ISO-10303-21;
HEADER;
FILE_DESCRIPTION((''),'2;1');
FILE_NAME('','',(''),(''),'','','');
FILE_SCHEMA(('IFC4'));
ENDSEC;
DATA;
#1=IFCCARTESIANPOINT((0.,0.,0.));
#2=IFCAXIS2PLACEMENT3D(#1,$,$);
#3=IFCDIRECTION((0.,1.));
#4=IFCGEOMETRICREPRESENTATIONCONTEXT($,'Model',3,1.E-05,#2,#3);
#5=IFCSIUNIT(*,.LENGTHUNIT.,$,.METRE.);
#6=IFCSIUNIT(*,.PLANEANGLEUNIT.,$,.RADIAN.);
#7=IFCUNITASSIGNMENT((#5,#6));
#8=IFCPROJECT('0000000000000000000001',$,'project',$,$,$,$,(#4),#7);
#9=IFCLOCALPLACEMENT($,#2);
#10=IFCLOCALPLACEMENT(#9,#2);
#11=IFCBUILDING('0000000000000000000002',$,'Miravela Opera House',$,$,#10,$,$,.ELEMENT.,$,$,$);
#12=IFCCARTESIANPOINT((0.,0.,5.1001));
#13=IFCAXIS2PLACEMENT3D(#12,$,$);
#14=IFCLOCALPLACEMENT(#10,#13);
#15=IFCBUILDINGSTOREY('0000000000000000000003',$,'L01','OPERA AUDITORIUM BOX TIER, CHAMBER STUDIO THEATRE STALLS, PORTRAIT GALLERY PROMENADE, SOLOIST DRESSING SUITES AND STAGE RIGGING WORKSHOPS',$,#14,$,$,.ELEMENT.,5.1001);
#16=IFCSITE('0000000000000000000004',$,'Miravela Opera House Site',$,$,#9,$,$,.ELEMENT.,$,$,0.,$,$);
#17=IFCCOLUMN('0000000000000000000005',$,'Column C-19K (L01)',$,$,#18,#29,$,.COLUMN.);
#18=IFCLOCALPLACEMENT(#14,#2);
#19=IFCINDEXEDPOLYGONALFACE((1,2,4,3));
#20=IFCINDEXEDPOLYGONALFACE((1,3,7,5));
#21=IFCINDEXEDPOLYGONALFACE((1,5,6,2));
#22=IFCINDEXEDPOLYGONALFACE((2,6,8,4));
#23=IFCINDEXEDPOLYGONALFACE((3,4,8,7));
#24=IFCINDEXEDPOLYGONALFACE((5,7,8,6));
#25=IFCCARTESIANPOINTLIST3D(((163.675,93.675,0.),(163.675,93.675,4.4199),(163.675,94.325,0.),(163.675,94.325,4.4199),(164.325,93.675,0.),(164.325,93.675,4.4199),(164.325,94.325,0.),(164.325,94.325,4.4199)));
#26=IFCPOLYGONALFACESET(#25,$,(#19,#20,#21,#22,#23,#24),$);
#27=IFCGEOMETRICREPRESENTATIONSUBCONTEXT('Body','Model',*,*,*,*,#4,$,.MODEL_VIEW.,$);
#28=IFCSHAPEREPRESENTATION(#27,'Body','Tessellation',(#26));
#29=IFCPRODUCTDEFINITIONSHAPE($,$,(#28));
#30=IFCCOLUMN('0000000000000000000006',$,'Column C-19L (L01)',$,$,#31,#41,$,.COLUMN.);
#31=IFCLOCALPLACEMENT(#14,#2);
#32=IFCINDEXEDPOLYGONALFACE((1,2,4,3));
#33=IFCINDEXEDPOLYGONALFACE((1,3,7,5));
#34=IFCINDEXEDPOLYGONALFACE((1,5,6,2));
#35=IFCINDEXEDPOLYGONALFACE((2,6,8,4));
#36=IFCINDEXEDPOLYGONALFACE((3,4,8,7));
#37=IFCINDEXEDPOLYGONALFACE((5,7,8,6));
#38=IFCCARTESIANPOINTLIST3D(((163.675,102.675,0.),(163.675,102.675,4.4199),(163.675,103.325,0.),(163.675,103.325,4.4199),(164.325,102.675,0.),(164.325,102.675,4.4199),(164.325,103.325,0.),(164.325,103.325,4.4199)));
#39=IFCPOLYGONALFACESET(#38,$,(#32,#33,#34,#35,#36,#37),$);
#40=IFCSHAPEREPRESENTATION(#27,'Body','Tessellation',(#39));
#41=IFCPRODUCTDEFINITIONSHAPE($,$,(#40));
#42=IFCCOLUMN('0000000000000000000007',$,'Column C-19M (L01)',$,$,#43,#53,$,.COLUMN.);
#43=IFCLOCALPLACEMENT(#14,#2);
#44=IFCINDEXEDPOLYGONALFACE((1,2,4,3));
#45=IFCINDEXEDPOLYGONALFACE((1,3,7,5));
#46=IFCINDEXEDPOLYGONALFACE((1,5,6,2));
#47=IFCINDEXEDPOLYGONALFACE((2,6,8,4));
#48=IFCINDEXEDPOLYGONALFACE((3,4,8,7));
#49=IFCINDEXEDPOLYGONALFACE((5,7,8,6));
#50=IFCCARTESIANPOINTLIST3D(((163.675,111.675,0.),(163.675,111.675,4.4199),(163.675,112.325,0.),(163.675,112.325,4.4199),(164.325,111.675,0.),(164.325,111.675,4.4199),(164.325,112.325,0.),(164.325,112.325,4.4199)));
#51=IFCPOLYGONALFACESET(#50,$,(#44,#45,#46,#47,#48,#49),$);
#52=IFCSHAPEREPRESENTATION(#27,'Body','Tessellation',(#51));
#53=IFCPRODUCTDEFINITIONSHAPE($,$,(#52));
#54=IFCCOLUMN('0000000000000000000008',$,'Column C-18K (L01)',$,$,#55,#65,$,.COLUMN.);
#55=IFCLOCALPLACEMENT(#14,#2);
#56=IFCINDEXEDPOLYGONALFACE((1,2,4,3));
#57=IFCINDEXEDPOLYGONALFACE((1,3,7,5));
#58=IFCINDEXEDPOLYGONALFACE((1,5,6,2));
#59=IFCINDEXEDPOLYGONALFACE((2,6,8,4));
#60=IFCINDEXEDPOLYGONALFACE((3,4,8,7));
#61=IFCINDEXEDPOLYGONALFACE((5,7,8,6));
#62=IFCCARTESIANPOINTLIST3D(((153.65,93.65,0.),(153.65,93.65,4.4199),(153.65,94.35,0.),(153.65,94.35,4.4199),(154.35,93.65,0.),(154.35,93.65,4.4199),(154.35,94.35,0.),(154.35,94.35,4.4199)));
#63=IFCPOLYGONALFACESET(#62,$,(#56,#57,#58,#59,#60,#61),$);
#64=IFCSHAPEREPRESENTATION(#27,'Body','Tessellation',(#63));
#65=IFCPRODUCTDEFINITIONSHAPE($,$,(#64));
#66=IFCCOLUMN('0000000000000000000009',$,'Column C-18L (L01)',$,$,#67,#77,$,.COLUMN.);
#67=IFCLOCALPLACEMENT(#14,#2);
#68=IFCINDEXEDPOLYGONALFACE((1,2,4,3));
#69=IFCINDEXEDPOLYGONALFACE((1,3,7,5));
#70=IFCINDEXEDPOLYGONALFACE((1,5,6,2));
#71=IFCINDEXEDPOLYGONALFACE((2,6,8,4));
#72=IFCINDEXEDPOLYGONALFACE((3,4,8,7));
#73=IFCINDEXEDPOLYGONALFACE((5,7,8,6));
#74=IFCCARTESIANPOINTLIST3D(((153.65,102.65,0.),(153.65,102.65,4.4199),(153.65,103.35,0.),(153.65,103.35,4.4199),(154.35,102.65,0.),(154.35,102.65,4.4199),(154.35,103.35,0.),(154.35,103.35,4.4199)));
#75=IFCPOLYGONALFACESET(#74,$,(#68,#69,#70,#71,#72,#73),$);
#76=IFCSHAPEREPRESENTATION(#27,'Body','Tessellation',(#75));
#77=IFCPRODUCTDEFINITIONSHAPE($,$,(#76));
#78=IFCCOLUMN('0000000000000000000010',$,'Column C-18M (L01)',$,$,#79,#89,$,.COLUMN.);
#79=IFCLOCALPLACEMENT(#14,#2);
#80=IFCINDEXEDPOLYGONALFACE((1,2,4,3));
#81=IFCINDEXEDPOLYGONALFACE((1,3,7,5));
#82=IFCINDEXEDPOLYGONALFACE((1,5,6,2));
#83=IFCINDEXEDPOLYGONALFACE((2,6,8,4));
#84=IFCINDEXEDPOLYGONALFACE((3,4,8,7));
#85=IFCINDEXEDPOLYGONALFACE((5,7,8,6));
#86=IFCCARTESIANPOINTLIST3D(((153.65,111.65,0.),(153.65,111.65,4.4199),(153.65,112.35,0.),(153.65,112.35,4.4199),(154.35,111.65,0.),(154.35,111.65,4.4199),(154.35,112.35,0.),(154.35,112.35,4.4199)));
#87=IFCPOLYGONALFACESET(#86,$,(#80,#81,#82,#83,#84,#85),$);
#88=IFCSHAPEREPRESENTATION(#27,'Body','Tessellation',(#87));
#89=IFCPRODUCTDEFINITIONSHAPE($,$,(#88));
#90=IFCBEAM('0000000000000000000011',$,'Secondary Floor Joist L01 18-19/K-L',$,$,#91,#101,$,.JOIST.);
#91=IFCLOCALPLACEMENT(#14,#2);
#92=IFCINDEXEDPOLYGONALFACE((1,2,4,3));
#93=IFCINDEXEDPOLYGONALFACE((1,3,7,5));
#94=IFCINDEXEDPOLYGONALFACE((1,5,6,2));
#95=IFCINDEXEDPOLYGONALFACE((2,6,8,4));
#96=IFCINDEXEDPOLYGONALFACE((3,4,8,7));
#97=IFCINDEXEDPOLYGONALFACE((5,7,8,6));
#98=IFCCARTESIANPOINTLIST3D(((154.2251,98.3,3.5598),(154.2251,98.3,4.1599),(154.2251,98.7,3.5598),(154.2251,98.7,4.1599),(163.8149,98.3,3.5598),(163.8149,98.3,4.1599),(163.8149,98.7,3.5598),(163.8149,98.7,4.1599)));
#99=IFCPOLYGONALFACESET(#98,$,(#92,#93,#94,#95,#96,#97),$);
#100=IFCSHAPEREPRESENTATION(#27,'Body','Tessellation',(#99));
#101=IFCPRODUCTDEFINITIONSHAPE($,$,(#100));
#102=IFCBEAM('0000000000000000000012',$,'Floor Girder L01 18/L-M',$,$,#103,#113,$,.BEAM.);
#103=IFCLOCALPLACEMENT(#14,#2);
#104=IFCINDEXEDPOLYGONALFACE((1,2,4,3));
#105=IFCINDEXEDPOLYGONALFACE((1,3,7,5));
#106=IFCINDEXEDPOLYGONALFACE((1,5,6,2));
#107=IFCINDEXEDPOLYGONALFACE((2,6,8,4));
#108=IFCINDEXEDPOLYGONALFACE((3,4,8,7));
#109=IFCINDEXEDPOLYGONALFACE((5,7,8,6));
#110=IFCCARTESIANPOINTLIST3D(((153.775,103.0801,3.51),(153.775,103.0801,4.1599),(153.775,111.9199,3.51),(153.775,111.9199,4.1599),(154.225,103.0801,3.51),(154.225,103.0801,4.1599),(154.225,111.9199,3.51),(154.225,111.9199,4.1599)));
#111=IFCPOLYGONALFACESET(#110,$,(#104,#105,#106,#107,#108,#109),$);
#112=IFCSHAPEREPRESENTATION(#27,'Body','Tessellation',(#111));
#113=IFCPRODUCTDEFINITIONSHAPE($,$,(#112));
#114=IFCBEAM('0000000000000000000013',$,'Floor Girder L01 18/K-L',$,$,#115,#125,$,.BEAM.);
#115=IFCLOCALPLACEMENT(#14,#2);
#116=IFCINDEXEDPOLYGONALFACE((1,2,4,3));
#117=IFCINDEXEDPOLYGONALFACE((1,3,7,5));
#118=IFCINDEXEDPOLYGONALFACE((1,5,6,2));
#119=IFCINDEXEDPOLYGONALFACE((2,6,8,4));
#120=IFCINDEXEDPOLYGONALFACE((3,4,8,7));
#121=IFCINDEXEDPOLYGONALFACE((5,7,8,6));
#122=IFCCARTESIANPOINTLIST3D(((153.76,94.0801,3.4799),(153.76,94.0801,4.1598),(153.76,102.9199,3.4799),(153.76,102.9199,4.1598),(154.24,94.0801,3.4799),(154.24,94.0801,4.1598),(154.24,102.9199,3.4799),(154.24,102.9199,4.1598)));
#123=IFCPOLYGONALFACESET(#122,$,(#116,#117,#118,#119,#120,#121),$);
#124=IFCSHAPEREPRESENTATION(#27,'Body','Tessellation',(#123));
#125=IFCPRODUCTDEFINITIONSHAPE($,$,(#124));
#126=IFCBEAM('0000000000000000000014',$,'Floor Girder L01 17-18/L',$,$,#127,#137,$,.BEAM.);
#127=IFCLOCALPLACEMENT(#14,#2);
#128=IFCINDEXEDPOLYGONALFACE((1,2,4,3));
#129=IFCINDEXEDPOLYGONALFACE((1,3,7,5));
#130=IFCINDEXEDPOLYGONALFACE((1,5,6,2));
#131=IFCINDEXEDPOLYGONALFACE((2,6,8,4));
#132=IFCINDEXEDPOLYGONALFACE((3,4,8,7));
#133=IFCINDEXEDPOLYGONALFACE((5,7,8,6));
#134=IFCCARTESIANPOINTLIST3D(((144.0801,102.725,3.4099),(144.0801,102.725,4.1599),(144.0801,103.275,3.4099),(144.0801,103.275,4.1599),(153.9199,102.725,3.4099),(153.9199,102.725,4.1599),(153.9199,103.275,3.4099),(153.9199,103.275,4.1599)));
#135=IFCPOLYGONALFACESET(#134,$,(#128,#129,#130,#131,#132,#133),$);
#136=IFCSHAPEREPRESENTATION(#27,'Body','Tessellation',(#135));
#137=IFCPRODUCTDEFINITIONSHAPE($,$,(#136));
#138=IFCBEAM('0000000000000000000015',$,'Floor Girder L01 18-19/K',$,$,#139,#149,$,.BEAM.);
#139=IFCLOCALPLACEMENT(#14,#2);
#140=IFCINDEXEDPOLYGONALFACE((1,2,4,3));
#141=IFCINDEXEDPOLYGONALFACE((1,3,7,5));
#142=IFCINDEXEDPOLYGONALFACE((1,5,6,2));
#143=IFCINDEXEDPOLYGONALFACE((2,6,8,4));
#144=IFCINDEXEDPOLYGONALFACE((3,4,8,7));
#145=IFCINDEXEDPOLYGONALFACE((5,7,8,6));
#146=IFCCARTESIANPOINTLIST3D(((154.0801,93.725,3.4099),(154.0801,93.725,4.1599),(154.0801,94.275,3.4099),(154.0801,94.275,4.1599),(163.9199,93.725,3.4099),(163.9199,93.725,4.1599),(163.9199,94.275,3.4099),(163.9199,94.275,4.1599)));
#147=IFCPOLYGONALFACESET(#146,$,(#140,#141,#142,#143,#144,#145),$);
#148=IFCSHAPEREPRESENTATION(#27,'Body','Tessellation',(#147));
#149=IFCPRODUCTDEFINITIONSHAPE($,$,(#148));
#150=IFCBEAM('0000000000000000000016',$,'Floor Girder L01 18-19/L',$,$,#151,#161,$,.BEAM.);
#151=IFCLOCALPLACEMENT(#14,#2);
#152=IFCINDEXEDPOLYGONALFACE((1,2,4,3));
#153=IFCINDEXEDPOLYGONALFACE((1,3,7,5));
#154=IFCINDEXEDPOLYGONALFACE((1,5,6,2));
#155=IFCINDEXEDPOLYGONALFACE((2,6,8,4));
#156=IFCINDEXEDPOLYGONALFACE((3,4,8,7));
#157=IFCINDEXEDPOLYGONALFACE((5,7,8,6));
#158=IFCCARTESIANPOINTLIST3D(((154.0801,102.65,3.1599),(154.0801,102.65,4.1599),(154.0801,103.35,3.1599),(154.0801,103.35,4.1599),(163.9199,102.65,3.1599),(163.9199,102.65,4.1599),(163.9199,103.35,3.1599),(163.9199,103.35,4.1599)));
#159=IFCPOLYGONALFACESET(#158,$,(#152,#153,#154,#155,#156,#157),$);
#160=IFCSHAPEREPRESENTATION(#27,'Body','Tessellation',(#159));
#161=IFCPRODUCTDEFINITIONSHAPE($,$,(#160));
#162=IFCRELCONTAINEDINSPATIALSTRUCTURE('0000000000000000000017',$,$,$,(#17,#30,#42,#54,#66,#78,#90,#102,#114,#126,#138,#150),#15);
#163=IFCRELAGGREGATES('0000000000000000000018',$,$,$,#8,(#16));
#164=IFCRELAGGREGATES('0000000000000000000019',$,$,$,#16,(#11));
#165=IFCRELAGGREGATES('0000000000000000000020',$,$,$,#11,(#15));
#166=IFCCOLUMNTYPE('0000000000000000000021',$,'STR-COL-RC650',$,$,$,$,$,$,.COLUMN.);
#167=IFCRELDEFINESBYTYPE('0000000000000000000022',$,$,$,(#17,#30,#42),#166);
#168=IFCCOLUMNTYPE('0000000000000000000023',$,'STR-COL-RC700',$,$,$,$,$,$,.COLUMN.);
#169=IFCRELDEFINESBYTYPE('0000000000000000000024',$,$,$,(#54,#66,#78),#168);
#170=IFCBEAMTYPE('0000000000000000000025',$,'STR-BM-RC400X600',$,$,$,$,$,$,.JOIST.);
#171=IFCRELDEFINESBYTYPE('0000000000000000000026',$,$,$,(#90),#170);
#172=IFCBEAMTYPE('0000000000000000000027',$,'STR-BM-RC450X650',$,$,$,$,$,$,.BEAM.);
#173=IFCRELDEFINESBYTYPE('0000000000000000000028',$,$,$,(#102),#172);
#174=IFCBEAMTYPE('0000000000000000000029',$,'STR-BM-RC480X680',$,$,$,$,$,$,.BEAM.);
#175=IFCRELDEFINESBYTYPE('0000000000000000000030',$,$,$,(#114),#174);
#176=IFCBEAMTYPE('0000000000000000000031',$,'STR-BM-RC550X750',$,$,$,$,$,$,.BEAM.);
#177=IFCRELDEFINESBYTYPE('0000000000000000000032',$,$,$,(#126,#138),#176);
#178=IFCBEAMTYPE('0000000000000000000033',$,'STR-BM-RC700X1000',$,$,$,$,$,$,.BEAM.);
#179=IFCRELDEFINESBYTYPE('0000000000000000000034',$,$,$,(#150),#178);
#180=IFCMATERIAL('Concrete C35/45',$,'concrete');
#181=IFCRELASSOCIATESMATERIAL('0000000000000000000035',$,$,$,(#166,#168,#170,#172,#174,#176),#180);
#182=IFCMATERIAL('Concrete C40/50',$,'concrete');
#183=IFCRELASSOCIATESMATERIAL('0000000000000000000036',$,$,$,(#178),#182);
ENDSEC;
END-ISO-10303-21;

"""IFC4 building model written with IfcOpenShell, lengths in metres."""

from ifc_helpers import new_model, si_unit, direction, frame, origin, origin_2d, place, context, subcontext, project, spatial, rectangle, extrude, material, material_profile, profile_set, type_object, element, save


model = new_model("IFC4")

# Units and contexts
model_context = context("Model", 3, precision=1e-05, world=origin(), true_north=direction((0.0, 1.0)))
body_context = subcontext(model_context, "Body", "Model", "MODEL_VIEW")
ifc_project = project(units=[si_unit("LENGTHUNIT", "METRE"), si_unit("PLANEANGLEUNIT", "RADIAN")], contexts=[model_context])

# Site, building, storey
site_placement = place(None, origin())
site = spatial("IfcSite", under=ifc_project, at=site_placement, Name="Miravela Opera House Site", CompositionType="ELEMENT", RefElevation=0.0)
building_placement = place(site_placement, origin())
building = spatial("IfcBuilding", under=site, at=building_placement, Name="Miravela Opera House", CompositionType="ELEMENT")
storey_placement = place(building_placement, frame((0.0, 0.0, 5.1001)))
storey = spatial("IfcBuildingStorey", under=building, at=storey_placement, Name="L01", Description="OPERA AUDITORIUM BOX TIER, CHAMBER STUDIO THEATRE STALLS, PORTRAIT GALLERY PROMENADE, SOLOIST DRESSING SUITES AND STAGE RIGGING WORKSHOPS", CompositionType="ELEMENT", Elevation=5.1001)

# Columns
ifc_material_1 = material(Name="Concrete C35/45", Category="concrete")
ifc_material_profile_1 = material_profile(ifc_material_1, rectangle(XDim=0.6499, YDim=0.6499, at=origin_2d()), Name="RC-COL-650X650")
ifc_profile_set_1 = profile_set([ifc_material_profile_1])
column_type_1 = type_object("IfcColumnType", Name="STR-COL-RC650", PredefinedType="COLUMN", material=ifc_profile_set_1)
for number, where, z_axis, x_axis, name in (
    (1, (164.0, 94.0, 0.0), (0.0, 0.0, 1.0), (1.0, 0.0, 0.0), "Column C-19K (L01)"),
    (2, (164.0, 103.0, 0.0), (0.0, 0.0, 1.0), (1.0, 0.0, 0.0), "Column C-19L (L01)"),
    (3, (164.0, 112.0, 0.0), (0.0, 0.0, 1.0), (1.0, 0.0, 0.0), "Column C-19M (L01)"),
):
    element("IfcColumn", number, at=place(storey_placement, frame(where, z_axis=z_axis, x_axis=x_axis)), inside=storey, type_object=column_type_1, Name=name, PredefinedType="COLUMN", context=body_context, shape_type="SweptSolid", body=[
        extrude(rectangle(XDim=0.6499, YDim=0.6499, at=origin_2d()), origin(), (0.0, 0.0, 1.0), 4.4199),
    ])
ifc_material_profile_2 = material_profile(ifc_material_1, rectangle(XDim=0.7, YDim=0.7, at=origin_2d()), Name="RC-COL-700X700")
ifc_profile_set_2 = profile_set([ifc_material_profile_2])
column_type_2 = type_object("IfcColumnType", Name="STR-COL-RC700", PredefinedType="COLUMN", material=ifc_profile_set_2)
for number, where, z_axis, x_axis, name in (
    (4, (154.0, 94.0, 0.0), (0.0, 0.0, 1.0), (1.0, 0.0, 0.0), "Column C-18K (L01)"),
    (5, (154.0, 103.0, 0.0), (0.0, 0.0, 1.0), (1.0, 0.0, 0.0), "Column C-18L (L01)"),
    (6, (154.0, 112.0, 0.0), (0.0, 0.0, 1.0), (1.0, 0.0, 0.0), "Column C-18M (L01)"),
):
    element("IfcColumn", number, at=place(storey_placement, frame(where, z_axis=z_axis, x_axis=x_axis)), inside=storey, type_object=column_type_2, Name=name, PredefinedType="COLUMN", context=body_context, shape_type="SweptSolid", body=[
        extrude(rectangle(XDim=0.7, YDim=0.7, at=origin_2d()), origin(), (0.0, 0.0, 1.0), 4.4199),
    ])

# Beams
ifc_material_profile_3 = material_profile(ifc_material_1, rectangle(XDim=0.3999, YDim=0.6001, at=origin_2d()), Name="RC-BM-400X600")
ifc_profile_set_3 = profile_set([ifc_material_profile_3])
beam_type_1 = type_object("IfcBeamType", Name="STR-BM-RC400X600", PredefinedType="JOIST", material=ifc_profile_set_3)
beam_1_placement = place(storey_placement, frame((154.2251, 98.5, 3.8599), z_axis=(1.0, 0.0, 0.0), x_axis=(0.0, 1.0, 0.0)))
element("IfcBeam", 7, at=beam_1_placement, inside=storey, type_object=beam_type_1, Name="Secondary Floor Joist L01 18-19/K-L", PredefinedType="JOIST", context=body_context, shape_type="SweptSolid", body=[
    extrude(rectangle(XDim=0.3999, YDim=0.6001, at=origin_2d()), origin(), (0.0, 0.0, 1.0), 9.5898),
])
ifc_material_profile_4 = material_profile(ifc_material_1, rectangle(XDim=0.45, YDim=0.6499, at=origin_2d()), Name="RC-BM-450X650")
ifc_profile_set_4 = profile_set([ifc_material_profile_4])
beam_type_2 = type_object("IfcBeamType", Name="STR-BM-RC450X650", PredefinedType="BEAM", material=ifc_profile_set_4)
beam_2_placement = place(storey_placement, frame((154.0, 103.0801, 3.835), z_axis=(0.0, 1.0, 0.0), x_axis=(-1.0, 0.0, 0.0)))
element("IfcBeam", 8, at=beam_2_placement, inside=storey, type_object=beam_type_2, Name="Floor Girder L01 18/L-M", PredefinedType="BEAM", context=body_context, shape_type="SweptSolid", body=[
    extrude(rectangle(XDim=0.45, YDim=0.6499, at=origin_2d()), origin(), (0.0, 0.0, 1.0), 8.8398),
])
ifc_material_profile_5 = material_profile(ifc_material_1, rectangle(XDim=0.48, YDim=0.6799, at=origin_2d()), Name="RC-BM-480X680")
ifc_profile_set_5 = profile_set([ifc_material_profile_5])
beam_type_3 = type_object("IfcBeamType", Name="STR-BM-RC480X680", PredefinedType="BEAM", material=ifc_profile_set_5)
beam_3_placement = place(storey_placement, frame((154.0, 94.0801, 3.8198), z_axis=(0.0, 1.0, 0.0), x_axis=(-1.0, 0.0, 0.0)))
element("IfcBeam", 9, at=beam_3_placement, inside=storey, type_object=beam_type_3, Name="Floor Girder L01 18/K-L", PredefinedType="BEAM", context=body_context, shape_type="SweptSolid", body=[
    extrude(rectangle(XDim=0.48, YDim=0.6799, at=origin_2d()), origin(), (0.0, 0.0, 1.0), 8.8398),
])
ifc_material_profile_6 = material_profile(ifc_material_1, rectangle(XDim=0.55, YDim=0.75, at=origin_2d()), Name="RC-BM-550X750")
ifc_profile_set_6 = profile_set([ifc_material_profile_6])
beam_type_4 = type_object("IfcBeamType", Name="STR-BM-RC550X750", PredefinedType="BEAM", material=ifc_profile_set_6)
for number, where, z_axis, x_axis, name in (
    (10, (144.0801, 103.0, 3.7849), (1.0, 0.0, 0.0), (0.0, 1.0, 0.0), "Floor Girder L01 17-18/L"),
    (11, (154.0801, 94.0, 3.7849), (1.0, 0.0, 0.0), (0.0, 1.0, 0.0), "Floor Girder L01 18-19/K"),
):
    element("IfcBeam", number, at=place(storey_placement, frame(where, z_axis=z_axis, x_axis=x_axis)), inside=storey, type_object=beam_type_4, Name=name, PredefinedType="BEAM", context=body_context, shape_type="SweptSolid", body=[
        extrude(rectangle(XDim=0.55, YDim=0.75, at=origin_2d()), origin(), (0.0, 0.0, 1.0), 9.8398),
    ])
ifc_material_2 = material(Name="Concrete C40/50", Category="concrete")
ifc_material_profile_7 = material_profile(ifc_material_2, rectangle(XDim=0.7, YDim=1.0, at=origin_2d()), Name="RC-BM-700X1000")
ifc_profile_set_7 = profile_set([ifc_material_profile_7])
beam_type_5 = type_object("IfcBeamType", Name="STR-BM-RC700X1000", PredefinedType="BEAM", material=ifc_profile_set_7)
beam_4_placement = place(storey_placement, frame((154.0801, 103.0, 3.6599), z_axis=(1.0, 0.0, 0.0), x_axis=(0.0, 1.0, 0.0)))
element("IfcBeam", 12, at=beam_4_placement, inside=storey, type_object=beam_type_5, Name="Floor Girder L01 18-19/L", PredefinedType="BEAM", context=body_context, shape_type="SweptSolid", body=[
    extrude(rectangle(XDim=0.7, YDim=1.0, at=origin_2d()), origin(), (0.0, 0.0, 1.0), 9.8398),
])

save(model, "model.ifc")
